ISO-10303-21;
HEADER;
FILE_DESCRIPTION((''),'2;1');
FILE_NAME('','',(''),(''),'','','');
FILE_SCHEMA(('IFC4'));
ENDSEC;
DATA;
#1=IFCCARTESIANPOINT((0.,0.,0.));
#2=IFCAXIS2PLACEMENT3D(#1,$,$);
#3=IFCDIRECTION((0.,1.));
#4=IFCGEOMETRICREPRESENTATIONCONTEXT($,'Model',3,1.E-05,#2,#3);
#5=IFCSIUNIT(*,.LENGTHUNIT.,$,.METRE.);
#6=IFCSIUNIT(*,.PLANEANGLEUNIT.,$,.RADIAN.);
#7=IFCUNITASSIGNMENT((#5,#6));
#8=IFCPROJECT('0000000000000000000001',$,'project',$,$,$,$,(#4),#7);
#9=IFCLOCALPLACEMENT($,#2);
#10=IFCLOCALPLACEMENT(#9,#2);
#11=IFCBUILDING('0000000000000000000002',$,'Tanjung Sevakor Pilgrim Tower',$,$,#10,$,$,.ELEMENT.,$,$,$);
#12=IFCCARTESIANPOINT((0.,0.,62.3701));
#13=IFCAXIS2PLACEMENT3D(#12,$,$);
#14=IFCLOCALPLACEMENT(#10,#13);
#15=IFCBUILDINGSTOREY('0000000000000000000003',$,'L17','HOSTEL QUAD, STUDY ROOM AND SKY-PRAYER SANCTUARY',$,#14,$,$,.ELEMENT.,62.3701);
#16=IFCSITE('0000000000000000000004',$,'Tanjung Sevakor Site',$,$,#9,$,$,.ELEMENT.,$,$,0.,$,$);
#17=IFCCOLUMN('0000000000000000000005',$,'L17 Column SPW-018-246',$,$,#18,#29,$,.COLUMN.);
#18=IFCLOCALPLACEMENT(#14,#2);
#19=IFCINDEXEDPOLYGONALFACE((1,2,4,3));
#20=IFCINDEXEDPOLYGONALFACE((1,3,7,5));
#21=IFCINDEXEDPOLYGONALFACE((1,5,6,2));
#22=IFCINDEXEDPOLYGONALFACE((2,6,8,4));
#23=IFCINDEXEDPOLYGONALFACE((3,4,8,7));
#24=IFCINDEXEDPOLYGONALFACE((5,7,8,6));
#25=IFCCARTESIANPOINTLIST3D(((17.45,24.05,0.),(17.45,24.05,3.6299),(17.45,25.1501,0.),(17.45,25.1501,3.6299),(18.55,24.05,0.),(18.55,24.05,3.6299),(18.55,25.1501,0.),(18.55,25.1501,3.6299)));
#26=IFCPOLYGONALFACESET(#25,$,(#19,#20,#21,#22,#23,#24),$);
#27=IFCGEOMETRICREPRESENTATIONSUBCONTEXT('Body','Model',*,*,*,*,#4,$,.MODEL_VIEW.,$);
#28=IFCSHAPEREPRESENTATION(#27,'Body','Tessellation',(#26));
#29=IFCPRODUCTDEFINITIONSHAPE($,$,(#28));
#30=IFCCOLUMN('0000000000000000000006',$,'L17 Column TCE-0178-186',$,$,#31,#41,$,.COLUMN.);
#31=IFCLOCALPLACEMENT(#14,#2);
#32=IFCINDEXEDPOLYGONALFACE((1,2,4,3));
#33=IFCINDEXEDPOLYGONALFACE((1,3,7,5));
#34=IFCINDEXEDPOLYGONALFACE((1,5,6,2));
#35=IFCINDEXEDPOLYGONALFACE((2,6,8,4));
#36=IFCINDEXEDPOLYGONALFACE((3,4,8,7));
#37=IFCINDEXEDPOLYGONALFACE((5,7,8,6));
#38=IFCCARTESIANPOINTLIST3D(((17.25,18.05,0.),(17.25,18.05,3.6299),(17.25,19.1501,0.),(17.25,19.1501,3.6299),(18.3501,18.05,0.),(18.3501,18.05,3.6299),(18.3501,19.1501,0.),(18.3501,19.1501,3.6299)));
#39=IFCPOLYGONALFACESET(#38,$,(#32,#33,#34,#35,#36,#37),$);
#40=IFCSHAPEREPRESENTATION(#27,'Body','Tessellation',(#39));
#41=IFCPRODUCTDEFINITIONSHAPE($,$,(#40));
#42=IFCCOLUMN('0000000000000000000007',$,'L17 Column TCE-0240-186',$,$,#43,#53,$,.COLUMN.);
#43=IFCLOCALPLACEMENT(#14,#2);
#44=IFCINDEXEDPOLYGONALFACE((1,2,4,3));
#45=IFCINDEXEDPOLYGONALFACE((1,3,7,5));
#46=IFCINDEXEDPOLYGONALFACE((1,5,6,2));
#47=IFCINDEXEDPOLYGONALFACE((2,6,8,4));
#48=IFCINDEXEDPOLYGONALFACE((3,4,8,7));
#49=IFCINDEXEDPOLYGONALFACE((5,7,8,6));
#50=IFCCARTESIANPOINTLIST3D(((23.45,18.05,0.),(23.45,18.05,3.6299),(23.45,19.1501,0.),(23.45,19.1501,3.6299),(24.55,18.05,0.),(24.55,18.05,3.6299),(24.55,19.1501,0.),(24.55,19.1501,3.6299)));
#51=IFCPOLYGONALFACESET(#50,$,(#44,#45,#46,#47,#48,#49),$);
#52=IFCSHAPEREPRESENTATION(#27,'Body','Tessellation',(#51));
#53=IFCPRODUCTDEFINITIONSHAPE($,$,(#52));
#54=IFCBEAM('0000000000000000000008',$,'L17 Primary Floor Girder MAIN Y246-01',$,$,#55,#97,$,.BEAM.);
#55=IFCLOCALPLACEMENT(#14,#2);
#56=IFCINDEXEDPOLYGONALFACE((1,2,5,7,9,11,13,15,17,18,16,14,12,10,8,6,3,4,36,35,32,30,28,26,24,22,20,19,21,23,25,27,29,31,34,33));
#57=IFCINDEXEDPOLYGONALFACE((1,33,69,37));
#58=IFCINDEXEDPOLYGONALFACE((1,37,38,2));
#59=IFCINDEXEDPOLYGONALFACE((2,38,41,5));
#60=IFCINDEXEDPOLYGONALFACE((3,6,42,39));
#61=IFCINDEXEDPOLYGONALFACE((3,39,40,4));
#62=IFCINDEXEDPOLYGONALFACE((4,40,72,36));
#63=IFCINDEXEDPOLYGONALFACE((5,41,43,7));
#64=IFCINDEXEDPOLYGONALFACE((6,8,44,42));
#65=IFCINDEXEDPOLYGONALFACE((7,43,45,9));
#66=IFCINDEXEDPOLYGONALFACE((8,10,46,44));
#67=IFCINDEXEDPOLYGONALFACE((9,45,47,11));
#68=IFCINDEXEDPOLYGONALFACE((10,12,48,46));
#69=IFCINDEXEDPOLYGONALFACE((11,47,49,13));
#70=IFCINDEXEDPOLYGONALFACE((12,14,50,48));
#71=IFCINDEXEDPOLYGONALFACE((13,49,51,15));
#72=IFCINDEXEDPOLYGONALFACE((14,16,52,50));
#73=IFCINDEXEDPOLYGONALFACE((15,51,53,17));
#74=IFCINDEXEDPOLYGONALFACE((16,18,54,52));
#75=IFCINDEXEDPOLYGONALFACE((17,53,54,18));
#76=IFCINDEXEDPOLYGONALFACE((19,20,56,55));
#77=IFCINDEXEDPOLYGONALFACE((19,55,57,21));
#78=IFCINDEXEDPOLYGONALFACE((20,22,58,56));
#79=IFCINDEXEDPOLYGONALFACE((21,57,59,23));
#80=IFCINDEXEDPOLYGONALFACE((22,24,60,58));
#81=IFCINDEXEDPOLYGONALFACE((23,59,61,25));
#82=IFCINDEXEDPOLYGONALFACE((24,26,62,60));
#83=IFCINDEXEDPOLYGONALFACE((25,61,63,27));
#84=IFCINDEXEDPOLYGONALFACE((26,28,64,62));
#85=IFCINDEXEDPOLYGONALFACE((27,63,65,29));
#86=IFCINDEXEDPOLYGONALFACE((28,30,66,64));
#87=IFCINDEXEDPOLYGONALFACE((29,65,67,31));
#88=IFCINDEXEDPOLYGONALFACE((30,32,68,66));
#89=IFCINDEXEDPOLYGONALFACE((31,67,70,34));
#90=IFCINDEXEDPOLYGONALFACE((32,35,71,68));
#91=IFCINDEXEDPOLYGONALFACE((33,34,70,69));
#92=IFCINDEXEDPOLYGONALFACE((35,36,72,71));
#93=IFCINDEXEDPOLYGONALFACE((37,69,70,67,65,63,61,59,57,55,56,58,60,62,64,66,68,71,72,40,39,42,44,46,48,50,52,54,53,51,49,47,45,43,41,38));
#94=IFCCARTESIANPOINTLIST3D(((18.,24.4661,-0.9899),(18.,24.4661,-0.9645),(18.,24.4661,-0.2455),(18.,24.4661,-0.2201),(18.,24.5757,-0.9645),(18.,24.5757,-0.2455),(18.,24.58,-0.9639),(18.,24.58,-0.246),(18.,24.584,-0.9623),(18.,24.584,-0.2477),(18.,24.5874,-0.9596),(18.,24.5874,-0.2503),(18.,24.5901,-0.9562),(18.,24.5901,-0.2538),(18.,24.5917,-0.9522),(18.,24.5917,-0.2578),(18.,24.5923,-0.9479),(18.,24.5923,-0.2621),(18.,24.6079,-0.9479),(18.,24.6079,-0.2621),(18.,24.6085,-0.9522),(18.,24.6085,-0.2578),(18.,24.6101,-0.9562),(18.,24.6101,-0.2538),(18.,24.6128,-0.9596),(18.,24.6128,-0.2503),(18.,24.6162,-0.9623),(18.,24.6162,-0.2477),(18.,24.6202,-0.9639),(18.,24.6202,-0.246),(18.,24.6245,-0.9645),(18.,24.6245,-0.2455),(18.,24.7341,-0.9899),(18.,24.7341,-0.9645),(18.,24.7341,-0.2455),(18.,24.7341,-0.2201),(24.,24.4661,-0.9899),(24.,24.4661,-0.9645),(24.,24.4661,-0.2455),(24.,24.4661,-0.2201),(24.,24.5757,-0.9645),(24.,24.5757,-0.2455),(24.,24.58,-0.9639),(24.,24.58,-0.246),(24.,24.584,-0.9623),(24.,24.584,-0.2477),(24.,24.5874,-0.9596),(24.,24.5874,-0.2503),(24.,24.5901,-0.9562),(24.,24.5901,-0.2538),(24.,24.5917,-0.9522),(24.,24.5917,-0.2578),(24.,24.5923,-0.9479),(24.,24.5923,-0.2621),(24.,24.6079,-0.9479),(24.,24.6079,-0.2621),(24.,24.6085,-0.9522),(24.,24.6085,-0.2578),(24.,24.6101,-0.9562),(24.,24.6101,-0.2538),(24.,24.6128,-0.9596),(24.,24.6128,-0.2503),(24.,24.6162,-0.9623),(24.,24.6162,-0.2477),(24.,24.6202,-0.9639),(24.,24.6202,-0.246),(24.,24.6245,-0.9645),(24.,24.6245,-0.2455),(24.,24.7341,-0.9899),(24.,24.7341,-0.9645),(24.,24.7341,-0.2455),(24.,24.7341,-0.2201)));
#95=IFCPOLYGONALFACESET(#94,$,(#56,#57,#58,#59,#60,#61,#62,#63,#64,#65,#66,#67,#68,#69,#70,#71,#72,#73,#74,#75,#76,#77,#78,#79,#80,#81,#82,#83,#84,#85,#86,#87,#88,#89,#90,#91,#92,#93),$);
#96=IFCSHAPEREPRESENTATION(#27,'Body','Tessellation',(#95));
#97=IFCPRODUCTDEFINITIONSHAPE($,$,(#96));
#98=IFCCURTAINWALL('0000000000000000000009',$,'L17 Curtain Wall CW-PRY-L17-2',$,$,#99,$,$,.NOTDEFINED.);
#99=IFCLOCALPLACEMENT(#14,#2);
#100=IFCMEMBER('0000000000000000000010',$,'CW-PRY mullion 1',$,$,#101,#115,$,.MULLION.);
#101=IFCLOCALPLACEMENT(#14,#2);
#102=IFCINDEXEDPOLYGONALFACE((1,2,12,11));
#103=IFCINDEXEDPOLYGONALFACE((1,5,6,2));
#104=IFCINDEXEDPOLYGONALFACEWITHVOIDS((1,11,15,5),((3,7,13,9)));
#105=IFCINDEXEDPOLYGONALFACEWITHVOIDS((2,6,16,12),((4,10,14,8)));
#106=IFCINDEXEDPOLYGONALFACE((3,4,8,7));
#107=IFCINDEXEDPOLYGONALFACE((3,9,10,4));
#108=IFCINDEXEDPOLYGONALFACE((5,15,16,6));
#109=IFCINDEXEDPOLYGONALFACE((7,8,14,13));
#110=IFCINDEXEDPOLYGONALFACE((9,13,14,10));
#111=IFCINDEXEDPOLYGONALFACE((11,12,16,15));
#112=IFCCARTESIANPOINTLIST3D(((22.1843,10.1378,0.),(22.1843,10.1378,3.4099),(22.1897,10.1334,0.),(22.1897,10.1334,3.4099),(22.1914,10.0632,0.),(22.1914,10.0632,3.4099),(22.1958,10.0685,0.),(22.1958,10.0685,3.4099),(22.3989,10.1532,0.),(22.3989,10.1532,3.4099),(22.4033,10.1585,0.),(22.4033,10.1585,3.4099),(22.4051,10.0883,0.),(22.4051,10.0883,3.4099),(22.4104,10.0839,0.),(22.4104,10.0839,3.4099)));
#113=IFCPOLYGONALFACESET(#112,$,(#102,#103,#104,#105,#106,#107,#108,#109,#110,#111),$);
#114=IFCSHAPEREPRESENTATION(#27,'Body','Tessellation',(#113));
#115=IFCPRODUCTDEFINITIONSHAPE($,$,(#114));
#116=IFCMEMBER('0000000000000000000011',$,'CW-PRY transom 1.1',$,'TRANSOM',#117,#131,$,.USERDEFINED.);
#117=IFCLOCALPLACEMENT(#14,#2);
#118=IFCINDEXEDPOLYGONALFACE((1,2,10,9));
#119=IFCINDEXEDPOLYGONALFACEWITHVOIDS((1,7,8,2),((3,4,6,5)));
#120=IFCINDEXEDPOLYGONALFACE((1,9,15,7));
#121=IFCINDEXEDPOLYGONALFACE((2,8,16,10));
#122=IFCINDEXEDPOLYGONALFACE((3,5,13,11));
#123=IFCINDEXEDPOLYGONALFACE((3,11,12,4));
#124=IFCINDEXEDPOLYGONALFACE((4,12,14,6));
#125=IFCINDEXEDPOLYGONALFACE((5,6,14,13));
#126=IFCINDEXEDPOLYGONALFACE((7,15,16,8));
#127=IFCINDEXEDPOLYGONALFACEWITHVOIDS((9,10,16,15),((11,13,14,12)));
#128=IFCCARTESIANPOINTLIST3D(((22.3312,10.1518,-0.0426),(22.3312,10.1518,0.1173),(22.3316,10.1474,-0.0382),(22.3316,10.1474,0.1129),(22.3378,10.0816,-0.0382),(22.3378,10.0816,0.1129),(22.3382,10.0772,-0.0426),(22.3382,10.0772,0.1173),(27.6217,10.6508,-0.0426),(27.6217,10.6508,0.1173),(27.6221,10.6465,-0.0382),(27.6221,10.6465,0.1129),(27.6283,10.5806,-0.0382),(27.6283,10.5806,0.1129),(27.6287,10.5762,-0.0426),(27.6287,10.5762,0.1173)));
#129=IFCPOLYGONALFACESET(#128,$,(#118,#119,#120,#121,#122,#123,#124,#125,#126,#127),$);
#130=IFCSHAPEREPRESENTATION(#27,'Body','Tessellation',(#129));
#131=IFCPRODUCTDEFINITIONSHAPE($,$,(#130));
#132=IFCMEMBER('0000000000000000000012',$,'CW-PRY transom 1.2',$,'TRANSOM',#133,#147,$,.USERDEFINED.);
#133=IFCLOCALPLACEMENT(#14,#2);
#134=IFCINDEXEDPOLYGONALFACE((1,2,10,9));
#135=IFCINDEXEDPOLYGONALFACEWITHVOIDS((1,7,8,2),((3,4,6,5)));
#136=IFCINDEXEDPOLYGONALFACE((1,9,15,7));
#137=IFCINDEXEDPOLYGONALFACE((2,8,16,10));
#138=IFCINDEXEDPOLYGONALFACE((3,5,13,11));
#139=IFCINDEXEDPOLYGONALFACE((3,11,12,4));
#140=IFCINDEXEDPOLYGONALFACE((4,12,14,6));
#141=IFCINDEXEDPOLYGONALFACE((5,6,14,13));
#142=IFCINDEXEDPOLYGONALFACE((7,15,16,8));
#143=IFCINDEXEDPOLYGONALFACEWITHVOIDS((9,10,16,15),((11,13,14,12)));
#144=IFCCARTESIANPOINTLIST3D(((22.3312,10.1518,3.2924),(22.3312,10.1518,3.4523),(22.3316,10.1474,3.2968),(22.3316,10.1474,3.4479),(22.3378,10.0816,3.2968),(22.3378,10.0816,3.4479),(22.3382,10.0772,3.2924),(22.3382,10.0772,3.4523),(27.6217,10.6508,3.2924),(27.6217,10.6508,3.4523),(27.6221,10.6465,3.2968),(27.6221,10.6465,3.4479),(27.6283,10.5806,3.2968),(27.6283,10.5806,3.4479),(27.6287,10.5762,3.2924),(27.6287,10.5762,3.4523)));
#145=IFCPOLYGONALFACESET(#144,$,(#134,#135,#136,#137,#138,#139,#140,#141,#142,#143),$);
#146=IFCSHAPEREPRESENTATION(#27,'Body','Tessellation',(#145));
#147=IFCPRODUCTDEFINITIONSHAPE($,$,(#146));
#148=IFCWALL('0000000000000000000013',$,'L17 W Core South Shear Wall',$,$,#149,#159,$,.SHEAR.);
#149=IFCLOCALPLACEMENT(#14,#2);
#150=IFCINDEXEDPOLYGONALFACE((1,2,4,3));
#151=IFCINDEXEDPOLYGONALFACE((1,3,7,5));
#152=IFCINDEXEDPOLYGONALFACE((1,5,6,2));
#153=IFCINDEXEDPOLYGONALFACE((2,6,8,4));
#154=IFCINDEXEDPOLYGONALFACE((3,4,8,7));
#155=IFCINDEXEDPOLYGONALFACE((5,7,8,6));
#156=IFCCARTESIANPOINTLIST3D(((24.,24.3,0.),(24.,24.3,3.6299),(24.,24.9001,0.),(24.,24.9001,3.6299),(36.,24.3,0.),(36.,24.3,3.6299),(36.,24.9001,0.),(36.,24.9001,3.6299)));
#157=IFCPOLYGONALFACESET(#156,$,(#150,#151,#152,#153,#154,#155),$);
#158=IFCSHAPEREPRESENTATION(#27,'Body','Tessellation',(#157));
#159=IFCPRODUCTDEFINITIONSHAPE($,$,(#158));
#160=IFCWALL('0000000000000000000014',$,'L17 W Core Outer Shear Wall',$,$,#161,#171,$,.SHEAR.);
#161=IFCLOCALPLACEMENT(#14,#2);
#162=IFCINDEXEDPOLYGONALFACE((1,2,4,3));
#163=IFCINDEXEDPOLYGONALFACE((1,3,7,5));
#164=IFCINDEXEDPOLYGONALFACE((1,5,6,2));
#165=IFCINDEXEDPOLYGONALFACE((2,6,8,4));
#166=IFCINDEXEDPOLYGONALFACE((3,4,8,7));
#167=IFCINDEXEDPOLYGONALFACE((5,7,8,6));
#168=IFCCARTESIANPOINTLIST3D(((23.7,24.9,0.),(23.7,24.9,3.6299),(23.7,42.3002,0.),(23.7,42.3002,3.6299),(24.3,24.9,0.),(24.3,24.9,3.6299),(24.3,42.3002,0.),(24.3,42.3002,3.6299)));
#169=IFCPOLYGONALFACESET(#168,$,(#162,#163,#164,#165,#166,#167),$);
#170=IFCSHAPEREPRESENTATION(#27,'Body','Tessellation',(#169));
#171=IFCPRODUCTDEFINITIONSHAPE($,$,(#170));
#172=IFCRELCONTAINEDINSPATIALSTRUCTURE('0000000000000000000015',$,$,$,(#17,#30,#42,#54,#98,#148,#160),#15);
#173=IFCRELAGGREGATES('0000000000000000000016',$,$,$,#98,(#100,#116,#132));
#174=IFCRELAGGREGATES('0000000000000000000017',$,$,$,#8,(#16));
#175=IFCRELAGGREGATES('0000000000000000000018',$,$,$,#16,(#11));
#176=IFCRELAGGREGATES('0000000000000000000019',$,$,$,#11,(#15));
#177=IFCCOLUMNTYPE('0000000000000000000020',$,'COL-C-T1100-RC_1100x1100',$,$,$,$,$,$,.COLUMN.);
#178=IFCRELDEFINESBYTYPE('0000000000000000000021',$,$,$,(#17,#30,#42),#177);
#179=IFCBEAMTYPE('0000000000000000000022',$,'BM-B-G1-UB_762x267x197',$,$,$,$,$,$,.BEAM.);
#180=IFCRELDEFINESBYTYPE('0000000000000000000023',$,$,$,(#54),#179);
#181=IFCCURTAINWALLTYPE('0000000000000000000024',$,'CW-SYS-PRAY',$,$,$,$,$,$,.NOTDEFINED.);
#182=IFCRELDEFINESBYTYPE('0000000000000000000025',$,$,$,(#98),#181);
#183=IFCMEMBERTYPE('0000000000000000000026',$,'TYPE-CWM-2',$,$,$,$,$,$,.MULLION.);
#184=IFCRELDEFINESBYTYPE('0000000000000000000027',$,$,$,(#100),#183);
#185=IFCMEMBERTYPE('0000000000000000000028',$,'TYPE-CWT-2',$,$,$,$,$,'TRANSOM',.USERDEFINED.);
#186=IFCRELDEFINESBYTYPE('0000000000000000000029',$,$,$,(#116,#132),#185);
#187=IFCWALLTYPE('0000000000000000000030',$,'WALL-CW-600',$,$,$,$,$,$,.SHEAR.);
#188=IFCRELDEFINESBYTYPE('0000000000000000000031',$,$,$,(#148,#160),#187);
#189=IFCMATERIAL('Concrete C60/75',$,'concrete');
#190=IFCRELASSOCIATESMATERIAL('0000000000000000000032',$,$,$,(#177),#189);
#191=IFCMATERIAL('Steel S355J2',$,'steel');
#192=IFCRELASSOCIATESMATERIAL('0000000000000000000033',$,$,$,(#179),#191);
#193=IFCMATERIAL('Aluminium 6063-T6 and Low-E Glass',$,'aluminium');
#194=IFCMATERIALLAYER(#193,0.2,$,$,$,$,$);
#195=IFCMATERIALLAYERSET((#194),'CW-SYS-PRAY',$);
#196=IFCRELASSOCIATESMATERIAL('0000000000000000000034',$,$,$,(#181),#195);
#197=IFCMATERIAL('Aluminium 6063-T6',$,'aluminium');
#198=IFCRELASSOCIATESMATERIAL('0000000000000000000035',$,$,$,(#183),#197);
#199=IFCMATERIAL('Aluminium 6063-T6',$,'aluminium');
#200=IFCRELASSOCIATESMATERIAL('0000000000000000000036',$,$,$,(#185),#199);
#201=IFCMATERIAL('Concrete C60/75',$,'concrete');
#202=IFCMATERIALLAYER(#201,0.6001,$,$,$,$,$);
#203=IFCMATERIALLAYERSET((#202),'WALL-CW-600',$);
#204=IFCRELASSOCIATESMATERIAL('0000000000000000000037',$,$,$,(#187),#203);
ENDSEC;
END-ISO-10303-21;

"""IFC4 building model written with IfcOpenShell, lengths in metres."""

from ifc_helpers import new_model, si_unit, direction, frame, frame_2d, origin, origin_2d, place, context, subcontext, project, spatial, rectangle, hollow_rectangle, i_section, extrude, material, layer, layer_set, material_profile, profile_set, type_object, element, aggregate, save


model = new_model("IFC4")

# Units and contexts
model_context = context("Model", 3, precision=1e-05, world=origin(), true_north=direction((0.0, 1.0)))
body_context = subcontext(model_context, "Body", "Model", "MODEL_VIEW")
ifc_project = project(units=[si_unit("LENGTHUNIT", "METRE"), si_unit("PLANEANGLEUNIT", "RADIAN")], contexts=[model_context])

# Site, building, storey
site_placement = place(None, origin())
site = spatial("IfcSite", under=ifc_project, at=site_placement, Name="Tanjung Sevakor Site", CompositionType="ELEMENT", RefElevation=0.0)
building_placement = place(site_placement, origin())
building = spatial("IfcBuilding", under=site, at=building_placement, Name="Tanjung Sevakor Pilgrim Tower", CompositionType="ELEMENT")
storey_placement = place(building_placement, frame((0.0, 0.0, 62.3701)))
storey = spatial("IfcBuildingStorey", under=building, at=storey_placement, Name="L17", Description="HOSTEL QUAD, STUDY ROOM AND SKY-PRAYER SANCTUARY", CompositionType="ELEMENT", Elevation=62.3701)

# Columns
ifc_material_1 = material(Name="Concrete C60/75", Category="concrete")
ifc_material_profile_1 = material_profile(ifc_material_1, rectangle(XDim=1.1001, YDim=1.1001, at=origin_2d()))
ifc_profile_set_1 = profile_set([ifc_material_profile_1], Name="Concrete C60/75")
column_type = type_object("IfcColumnType", Name="COL-C-T1100-RC_1100x1100", PredefinedType="COLUMN", material=ifc_profile_set_1)
for number, where, z_axis, x_axis, name in (
    (1, (18.0, 24.6001, 0.0), (0.0, 0.0, 1.0), (1.0, 0.0, 0.0), "L17 Column SPW-018-246"),
    (2, (17.8, 18.6001, 0.0), (0.0, 0.0, 1.0), (1.0, 0.0, 0.0), "L17 Column TCE-0178-186"),
    (3, (24.0, 18.6001, 0.0), (0.0, 0.0, 1.0), (1.0, 0.0, 0.0), "L17 Column TCE-0240-186"),
):
    element("IfcColumn", number, at=place(storey_placement, frame(where, z_axis=z_axis, x_axis=x_axis)), inside=storey, type_object=column_type, Name=name, PredefinedType="COLUMN", context=body_context, shape_type="SweptSolid", body=[
        extrude(rectangle(XDim=1.1001, YDim=1.1001, at=origin_2d()), origin(), (0.0, 0.0, 1.0), 3.6299),
    ])

# Beam
ifc_material_2 = material(Name="Steel S355J2", Category="steel")
ifc_material_profile_2 = material_profile(ifc_material_2, i_section(OverallWidth=0.2681, OverallDepth=0.7698, WebThickness=0.0156, FlangeThickness=0.0254, FilletRadius=0.0166, at=origin_2d()))
ifc_profile_set_2 = profile_set([ifc_material_profile_2], Name="Steel S355J2")
beam_type = type_object("IfcBeamType", Name="BM-B-G1-UB_762x267x197", PredefinedType="BEAM", material=ifc_profile_set_2)
beam_placement = place(storey_placement, frame((18.0, 24.6001, -0.605), z_axis=(1.0, 0.0, 0.0), x_axis=(0.0, 1.0, 0.0)))
element("IfcBeam", 4, at=beam_placement, inside=storey, type_object=beam_type, Name="L17 Primary Floor Girder MAIN Y246-01", PredefinedType="BEAM", context=body_context, shape_type="SweptSolid", body=[
    extrude(i_section(OverallWidth=0.2681, OverallDepth=0.7698, WebThickness=0.0156, FlangeThickness=0.0254, FilletRadius=0.0166, at=origin_2d()), origin(), (0.0, 0.0, 1.0), 6.0),
])

# Curtain wall, members
ifc_material_3 = material(Name="Aluminium 6063-T6 and Low-E Glass", Category="aluminium")
ifc_layer_1 = layer(ifc_material_3, 0.2)
ifc_layer_set_1 = layer_set([ifc_layer_1], Name="CW-SYS-PRAY")
curtain_wall_type = type_object("IfcCurtainWallType", Name="CW-SYS-PRAY", PredefinedType="NOTDEFINED", material=ifc_layer_set_1)
curtain_wall_placement = place(storey_placement, origin())
curtain_wall = element("IfcCurtainWall", 5, at=curtain_wall_placement, inside=storey, type_object=curtain_wall_type, Name="L17 Curtain Wall CW-PRY-L17-2", PredefinedType="NOTDEFINED")
ifc_material_4 = material(Name="Aluminium 6063-T6", Category="aluminium")
ifc_material_profile_3 = material_profile(ifc_material_4, hollow_rectangle(XDim=0.075, YDim=0.22, WallThickness=0.0049, at=origin_2d()))
ifc_profile_set_3 = profile_set([ifc_material_profile_3], Name="Aluminium 6063-T6")
member_type_1 = type_object("IfcMemberType", Name="TYPE-CWM-2", PredefinedType="MULLION", material=ifc_profile_set_3)
member_1_placement = place(storey_placement, frame((22.2974, 10.1108, 0.0), z_axis=(0.0, 0.0, 1.0), x_axis=(-0.093921, 0.99558, 0.0)))
member_1 = element("IfcMember", 6, at=member_1_placement, type_object=member_type_1, Name="CW-PRY mullion 1", PredefinedType="MULLION", context=body_context, shape_type="SweptSolid", body=[
    extrude(hollow_rectangle(XDim=0.075, YDim=0.22, WallThickness=0.0049, at=origin_2d()), origin(), (0.0, 0.0, 1.0), 3.4099),
])
ifc_material_5 = material(Name="Aluminium 6063-T6", Category="aluminium")
ifc_material_profile_4 = material_profile(ifc_material_5, hollow_rectangle(XDim=0.075, YDim=0.1599, WallThickness=0.0044, at=origin_2d()))
ifc_profile_set_4 = profile_set([ifc_material_profile_4], Name="Aluminium 6063-T6")
member_type_2 = type_object("IfcMemberType", Name="TYPE-CWT-2", ElementType="TRANSOM", PredefinedType="USERDEFINED", material=ifc_profile_set_4)
member_2_placement = place(storey_placement, frame((22.3347, 10.1145, 0.0374), z_axis=(0.995581, 0.093907, 0.0), x_axis=(-0.093907, 0.995581, 0.0)))
member_2 = element("IfcMember", 7, at=member_2_placement, type_object=member_type_2, Name="CW-PRY transom 1.1", ObjectType="TRANSOM", PredefinedType="USERDEFINED", context=body_context, shape_type="SweptSolid", body=[
    extrude(hollow_rectangle(XDim=0.075, YDim=0.1599, WallThickness=0.0044, at=origin_2d()), origin(), (0.0, 0.0, 1.0), 5.314),
])
member_3_placement = place(storey_placement, frame((22.3347, 10.1145, 3.3723), z_axis=(0.995581, 0.093907, 0.0), x_axis=(-0.093907, 0.995581, 0.0)))
member_3 = element("IfcMember", 8, at=member_3_placement, type_object=member_type_2, Name="CW-PRY transom 1.2", ObjectType="TRANSOM", PredefinedType="USERDEFINED", context=body_context, shape_type="SweptSolid", body=[
    extrude(hollow_rectangle(XDim=0.075, YDim=0.1599, WallThickness=0.0044, at=origin_2d()), origin(), (0.0, 0.0, 1.0), 5.314),
])
aggregate(curtain_wall, [member_1, member_2, member_3])

# Walls
ifc_material_6 = material(Name="Concrete C60/75", Category="concrete")
ifc_layer_2 = layer(ifc_material_6, 0.6001)
ifc_layer_set_2 = layer_set([ifc_layer_2], Name="WALL-CW-600")
wall_type_1 = type_object("IfcWallType", Name="WALL-CW-600", PredefinedType="SHEAR", material=ifc_layer_set_2)
wall_1_placement = place(storey_placement, frame((24.0, 24.6001, 0.0), z_axis=(0.0, 0.0, 1.0), x_axis=(1.0, 0.0, 0.0)))
element("IfcWall", 9, at=wall_1_placement, inside=storey, type_object=wall_type_1, Name="L17 W Core South Shear Wall", PredefinedType="SHEAR", context=body_context, shape_type="SweptSolid", body=[
    extrude(rectangle(XDim=12.0, YDim=0.6001, at=frame_2d((6.0, 0.0))), origin(), (0.0, 0.0, 1.0), 3.6299),
])
wall_2_placement = place(storey_placement, frame((24.0, 24.8999, 0.0), z_axis=(0.0, 0.0, 1.0), x_axis=(0.0, 1.0, 0.0)))
element("IfcWall", 10, at=wall_2_placement, inside=storey, type_object=wall_type_1, Name="L17 W Core Outer Shear Wall", PredefinedType="SHEAR", context=body_context, shape_type="SweptSolid", body=[
    extrude(rectangle(XDim=17.4001, YDim=0.6001, at=frame_2d((8.7002, 0.0))), origin(), (0.0, 0.0, 1.0), 3.6299),
])

save(model, "model.ifc")
